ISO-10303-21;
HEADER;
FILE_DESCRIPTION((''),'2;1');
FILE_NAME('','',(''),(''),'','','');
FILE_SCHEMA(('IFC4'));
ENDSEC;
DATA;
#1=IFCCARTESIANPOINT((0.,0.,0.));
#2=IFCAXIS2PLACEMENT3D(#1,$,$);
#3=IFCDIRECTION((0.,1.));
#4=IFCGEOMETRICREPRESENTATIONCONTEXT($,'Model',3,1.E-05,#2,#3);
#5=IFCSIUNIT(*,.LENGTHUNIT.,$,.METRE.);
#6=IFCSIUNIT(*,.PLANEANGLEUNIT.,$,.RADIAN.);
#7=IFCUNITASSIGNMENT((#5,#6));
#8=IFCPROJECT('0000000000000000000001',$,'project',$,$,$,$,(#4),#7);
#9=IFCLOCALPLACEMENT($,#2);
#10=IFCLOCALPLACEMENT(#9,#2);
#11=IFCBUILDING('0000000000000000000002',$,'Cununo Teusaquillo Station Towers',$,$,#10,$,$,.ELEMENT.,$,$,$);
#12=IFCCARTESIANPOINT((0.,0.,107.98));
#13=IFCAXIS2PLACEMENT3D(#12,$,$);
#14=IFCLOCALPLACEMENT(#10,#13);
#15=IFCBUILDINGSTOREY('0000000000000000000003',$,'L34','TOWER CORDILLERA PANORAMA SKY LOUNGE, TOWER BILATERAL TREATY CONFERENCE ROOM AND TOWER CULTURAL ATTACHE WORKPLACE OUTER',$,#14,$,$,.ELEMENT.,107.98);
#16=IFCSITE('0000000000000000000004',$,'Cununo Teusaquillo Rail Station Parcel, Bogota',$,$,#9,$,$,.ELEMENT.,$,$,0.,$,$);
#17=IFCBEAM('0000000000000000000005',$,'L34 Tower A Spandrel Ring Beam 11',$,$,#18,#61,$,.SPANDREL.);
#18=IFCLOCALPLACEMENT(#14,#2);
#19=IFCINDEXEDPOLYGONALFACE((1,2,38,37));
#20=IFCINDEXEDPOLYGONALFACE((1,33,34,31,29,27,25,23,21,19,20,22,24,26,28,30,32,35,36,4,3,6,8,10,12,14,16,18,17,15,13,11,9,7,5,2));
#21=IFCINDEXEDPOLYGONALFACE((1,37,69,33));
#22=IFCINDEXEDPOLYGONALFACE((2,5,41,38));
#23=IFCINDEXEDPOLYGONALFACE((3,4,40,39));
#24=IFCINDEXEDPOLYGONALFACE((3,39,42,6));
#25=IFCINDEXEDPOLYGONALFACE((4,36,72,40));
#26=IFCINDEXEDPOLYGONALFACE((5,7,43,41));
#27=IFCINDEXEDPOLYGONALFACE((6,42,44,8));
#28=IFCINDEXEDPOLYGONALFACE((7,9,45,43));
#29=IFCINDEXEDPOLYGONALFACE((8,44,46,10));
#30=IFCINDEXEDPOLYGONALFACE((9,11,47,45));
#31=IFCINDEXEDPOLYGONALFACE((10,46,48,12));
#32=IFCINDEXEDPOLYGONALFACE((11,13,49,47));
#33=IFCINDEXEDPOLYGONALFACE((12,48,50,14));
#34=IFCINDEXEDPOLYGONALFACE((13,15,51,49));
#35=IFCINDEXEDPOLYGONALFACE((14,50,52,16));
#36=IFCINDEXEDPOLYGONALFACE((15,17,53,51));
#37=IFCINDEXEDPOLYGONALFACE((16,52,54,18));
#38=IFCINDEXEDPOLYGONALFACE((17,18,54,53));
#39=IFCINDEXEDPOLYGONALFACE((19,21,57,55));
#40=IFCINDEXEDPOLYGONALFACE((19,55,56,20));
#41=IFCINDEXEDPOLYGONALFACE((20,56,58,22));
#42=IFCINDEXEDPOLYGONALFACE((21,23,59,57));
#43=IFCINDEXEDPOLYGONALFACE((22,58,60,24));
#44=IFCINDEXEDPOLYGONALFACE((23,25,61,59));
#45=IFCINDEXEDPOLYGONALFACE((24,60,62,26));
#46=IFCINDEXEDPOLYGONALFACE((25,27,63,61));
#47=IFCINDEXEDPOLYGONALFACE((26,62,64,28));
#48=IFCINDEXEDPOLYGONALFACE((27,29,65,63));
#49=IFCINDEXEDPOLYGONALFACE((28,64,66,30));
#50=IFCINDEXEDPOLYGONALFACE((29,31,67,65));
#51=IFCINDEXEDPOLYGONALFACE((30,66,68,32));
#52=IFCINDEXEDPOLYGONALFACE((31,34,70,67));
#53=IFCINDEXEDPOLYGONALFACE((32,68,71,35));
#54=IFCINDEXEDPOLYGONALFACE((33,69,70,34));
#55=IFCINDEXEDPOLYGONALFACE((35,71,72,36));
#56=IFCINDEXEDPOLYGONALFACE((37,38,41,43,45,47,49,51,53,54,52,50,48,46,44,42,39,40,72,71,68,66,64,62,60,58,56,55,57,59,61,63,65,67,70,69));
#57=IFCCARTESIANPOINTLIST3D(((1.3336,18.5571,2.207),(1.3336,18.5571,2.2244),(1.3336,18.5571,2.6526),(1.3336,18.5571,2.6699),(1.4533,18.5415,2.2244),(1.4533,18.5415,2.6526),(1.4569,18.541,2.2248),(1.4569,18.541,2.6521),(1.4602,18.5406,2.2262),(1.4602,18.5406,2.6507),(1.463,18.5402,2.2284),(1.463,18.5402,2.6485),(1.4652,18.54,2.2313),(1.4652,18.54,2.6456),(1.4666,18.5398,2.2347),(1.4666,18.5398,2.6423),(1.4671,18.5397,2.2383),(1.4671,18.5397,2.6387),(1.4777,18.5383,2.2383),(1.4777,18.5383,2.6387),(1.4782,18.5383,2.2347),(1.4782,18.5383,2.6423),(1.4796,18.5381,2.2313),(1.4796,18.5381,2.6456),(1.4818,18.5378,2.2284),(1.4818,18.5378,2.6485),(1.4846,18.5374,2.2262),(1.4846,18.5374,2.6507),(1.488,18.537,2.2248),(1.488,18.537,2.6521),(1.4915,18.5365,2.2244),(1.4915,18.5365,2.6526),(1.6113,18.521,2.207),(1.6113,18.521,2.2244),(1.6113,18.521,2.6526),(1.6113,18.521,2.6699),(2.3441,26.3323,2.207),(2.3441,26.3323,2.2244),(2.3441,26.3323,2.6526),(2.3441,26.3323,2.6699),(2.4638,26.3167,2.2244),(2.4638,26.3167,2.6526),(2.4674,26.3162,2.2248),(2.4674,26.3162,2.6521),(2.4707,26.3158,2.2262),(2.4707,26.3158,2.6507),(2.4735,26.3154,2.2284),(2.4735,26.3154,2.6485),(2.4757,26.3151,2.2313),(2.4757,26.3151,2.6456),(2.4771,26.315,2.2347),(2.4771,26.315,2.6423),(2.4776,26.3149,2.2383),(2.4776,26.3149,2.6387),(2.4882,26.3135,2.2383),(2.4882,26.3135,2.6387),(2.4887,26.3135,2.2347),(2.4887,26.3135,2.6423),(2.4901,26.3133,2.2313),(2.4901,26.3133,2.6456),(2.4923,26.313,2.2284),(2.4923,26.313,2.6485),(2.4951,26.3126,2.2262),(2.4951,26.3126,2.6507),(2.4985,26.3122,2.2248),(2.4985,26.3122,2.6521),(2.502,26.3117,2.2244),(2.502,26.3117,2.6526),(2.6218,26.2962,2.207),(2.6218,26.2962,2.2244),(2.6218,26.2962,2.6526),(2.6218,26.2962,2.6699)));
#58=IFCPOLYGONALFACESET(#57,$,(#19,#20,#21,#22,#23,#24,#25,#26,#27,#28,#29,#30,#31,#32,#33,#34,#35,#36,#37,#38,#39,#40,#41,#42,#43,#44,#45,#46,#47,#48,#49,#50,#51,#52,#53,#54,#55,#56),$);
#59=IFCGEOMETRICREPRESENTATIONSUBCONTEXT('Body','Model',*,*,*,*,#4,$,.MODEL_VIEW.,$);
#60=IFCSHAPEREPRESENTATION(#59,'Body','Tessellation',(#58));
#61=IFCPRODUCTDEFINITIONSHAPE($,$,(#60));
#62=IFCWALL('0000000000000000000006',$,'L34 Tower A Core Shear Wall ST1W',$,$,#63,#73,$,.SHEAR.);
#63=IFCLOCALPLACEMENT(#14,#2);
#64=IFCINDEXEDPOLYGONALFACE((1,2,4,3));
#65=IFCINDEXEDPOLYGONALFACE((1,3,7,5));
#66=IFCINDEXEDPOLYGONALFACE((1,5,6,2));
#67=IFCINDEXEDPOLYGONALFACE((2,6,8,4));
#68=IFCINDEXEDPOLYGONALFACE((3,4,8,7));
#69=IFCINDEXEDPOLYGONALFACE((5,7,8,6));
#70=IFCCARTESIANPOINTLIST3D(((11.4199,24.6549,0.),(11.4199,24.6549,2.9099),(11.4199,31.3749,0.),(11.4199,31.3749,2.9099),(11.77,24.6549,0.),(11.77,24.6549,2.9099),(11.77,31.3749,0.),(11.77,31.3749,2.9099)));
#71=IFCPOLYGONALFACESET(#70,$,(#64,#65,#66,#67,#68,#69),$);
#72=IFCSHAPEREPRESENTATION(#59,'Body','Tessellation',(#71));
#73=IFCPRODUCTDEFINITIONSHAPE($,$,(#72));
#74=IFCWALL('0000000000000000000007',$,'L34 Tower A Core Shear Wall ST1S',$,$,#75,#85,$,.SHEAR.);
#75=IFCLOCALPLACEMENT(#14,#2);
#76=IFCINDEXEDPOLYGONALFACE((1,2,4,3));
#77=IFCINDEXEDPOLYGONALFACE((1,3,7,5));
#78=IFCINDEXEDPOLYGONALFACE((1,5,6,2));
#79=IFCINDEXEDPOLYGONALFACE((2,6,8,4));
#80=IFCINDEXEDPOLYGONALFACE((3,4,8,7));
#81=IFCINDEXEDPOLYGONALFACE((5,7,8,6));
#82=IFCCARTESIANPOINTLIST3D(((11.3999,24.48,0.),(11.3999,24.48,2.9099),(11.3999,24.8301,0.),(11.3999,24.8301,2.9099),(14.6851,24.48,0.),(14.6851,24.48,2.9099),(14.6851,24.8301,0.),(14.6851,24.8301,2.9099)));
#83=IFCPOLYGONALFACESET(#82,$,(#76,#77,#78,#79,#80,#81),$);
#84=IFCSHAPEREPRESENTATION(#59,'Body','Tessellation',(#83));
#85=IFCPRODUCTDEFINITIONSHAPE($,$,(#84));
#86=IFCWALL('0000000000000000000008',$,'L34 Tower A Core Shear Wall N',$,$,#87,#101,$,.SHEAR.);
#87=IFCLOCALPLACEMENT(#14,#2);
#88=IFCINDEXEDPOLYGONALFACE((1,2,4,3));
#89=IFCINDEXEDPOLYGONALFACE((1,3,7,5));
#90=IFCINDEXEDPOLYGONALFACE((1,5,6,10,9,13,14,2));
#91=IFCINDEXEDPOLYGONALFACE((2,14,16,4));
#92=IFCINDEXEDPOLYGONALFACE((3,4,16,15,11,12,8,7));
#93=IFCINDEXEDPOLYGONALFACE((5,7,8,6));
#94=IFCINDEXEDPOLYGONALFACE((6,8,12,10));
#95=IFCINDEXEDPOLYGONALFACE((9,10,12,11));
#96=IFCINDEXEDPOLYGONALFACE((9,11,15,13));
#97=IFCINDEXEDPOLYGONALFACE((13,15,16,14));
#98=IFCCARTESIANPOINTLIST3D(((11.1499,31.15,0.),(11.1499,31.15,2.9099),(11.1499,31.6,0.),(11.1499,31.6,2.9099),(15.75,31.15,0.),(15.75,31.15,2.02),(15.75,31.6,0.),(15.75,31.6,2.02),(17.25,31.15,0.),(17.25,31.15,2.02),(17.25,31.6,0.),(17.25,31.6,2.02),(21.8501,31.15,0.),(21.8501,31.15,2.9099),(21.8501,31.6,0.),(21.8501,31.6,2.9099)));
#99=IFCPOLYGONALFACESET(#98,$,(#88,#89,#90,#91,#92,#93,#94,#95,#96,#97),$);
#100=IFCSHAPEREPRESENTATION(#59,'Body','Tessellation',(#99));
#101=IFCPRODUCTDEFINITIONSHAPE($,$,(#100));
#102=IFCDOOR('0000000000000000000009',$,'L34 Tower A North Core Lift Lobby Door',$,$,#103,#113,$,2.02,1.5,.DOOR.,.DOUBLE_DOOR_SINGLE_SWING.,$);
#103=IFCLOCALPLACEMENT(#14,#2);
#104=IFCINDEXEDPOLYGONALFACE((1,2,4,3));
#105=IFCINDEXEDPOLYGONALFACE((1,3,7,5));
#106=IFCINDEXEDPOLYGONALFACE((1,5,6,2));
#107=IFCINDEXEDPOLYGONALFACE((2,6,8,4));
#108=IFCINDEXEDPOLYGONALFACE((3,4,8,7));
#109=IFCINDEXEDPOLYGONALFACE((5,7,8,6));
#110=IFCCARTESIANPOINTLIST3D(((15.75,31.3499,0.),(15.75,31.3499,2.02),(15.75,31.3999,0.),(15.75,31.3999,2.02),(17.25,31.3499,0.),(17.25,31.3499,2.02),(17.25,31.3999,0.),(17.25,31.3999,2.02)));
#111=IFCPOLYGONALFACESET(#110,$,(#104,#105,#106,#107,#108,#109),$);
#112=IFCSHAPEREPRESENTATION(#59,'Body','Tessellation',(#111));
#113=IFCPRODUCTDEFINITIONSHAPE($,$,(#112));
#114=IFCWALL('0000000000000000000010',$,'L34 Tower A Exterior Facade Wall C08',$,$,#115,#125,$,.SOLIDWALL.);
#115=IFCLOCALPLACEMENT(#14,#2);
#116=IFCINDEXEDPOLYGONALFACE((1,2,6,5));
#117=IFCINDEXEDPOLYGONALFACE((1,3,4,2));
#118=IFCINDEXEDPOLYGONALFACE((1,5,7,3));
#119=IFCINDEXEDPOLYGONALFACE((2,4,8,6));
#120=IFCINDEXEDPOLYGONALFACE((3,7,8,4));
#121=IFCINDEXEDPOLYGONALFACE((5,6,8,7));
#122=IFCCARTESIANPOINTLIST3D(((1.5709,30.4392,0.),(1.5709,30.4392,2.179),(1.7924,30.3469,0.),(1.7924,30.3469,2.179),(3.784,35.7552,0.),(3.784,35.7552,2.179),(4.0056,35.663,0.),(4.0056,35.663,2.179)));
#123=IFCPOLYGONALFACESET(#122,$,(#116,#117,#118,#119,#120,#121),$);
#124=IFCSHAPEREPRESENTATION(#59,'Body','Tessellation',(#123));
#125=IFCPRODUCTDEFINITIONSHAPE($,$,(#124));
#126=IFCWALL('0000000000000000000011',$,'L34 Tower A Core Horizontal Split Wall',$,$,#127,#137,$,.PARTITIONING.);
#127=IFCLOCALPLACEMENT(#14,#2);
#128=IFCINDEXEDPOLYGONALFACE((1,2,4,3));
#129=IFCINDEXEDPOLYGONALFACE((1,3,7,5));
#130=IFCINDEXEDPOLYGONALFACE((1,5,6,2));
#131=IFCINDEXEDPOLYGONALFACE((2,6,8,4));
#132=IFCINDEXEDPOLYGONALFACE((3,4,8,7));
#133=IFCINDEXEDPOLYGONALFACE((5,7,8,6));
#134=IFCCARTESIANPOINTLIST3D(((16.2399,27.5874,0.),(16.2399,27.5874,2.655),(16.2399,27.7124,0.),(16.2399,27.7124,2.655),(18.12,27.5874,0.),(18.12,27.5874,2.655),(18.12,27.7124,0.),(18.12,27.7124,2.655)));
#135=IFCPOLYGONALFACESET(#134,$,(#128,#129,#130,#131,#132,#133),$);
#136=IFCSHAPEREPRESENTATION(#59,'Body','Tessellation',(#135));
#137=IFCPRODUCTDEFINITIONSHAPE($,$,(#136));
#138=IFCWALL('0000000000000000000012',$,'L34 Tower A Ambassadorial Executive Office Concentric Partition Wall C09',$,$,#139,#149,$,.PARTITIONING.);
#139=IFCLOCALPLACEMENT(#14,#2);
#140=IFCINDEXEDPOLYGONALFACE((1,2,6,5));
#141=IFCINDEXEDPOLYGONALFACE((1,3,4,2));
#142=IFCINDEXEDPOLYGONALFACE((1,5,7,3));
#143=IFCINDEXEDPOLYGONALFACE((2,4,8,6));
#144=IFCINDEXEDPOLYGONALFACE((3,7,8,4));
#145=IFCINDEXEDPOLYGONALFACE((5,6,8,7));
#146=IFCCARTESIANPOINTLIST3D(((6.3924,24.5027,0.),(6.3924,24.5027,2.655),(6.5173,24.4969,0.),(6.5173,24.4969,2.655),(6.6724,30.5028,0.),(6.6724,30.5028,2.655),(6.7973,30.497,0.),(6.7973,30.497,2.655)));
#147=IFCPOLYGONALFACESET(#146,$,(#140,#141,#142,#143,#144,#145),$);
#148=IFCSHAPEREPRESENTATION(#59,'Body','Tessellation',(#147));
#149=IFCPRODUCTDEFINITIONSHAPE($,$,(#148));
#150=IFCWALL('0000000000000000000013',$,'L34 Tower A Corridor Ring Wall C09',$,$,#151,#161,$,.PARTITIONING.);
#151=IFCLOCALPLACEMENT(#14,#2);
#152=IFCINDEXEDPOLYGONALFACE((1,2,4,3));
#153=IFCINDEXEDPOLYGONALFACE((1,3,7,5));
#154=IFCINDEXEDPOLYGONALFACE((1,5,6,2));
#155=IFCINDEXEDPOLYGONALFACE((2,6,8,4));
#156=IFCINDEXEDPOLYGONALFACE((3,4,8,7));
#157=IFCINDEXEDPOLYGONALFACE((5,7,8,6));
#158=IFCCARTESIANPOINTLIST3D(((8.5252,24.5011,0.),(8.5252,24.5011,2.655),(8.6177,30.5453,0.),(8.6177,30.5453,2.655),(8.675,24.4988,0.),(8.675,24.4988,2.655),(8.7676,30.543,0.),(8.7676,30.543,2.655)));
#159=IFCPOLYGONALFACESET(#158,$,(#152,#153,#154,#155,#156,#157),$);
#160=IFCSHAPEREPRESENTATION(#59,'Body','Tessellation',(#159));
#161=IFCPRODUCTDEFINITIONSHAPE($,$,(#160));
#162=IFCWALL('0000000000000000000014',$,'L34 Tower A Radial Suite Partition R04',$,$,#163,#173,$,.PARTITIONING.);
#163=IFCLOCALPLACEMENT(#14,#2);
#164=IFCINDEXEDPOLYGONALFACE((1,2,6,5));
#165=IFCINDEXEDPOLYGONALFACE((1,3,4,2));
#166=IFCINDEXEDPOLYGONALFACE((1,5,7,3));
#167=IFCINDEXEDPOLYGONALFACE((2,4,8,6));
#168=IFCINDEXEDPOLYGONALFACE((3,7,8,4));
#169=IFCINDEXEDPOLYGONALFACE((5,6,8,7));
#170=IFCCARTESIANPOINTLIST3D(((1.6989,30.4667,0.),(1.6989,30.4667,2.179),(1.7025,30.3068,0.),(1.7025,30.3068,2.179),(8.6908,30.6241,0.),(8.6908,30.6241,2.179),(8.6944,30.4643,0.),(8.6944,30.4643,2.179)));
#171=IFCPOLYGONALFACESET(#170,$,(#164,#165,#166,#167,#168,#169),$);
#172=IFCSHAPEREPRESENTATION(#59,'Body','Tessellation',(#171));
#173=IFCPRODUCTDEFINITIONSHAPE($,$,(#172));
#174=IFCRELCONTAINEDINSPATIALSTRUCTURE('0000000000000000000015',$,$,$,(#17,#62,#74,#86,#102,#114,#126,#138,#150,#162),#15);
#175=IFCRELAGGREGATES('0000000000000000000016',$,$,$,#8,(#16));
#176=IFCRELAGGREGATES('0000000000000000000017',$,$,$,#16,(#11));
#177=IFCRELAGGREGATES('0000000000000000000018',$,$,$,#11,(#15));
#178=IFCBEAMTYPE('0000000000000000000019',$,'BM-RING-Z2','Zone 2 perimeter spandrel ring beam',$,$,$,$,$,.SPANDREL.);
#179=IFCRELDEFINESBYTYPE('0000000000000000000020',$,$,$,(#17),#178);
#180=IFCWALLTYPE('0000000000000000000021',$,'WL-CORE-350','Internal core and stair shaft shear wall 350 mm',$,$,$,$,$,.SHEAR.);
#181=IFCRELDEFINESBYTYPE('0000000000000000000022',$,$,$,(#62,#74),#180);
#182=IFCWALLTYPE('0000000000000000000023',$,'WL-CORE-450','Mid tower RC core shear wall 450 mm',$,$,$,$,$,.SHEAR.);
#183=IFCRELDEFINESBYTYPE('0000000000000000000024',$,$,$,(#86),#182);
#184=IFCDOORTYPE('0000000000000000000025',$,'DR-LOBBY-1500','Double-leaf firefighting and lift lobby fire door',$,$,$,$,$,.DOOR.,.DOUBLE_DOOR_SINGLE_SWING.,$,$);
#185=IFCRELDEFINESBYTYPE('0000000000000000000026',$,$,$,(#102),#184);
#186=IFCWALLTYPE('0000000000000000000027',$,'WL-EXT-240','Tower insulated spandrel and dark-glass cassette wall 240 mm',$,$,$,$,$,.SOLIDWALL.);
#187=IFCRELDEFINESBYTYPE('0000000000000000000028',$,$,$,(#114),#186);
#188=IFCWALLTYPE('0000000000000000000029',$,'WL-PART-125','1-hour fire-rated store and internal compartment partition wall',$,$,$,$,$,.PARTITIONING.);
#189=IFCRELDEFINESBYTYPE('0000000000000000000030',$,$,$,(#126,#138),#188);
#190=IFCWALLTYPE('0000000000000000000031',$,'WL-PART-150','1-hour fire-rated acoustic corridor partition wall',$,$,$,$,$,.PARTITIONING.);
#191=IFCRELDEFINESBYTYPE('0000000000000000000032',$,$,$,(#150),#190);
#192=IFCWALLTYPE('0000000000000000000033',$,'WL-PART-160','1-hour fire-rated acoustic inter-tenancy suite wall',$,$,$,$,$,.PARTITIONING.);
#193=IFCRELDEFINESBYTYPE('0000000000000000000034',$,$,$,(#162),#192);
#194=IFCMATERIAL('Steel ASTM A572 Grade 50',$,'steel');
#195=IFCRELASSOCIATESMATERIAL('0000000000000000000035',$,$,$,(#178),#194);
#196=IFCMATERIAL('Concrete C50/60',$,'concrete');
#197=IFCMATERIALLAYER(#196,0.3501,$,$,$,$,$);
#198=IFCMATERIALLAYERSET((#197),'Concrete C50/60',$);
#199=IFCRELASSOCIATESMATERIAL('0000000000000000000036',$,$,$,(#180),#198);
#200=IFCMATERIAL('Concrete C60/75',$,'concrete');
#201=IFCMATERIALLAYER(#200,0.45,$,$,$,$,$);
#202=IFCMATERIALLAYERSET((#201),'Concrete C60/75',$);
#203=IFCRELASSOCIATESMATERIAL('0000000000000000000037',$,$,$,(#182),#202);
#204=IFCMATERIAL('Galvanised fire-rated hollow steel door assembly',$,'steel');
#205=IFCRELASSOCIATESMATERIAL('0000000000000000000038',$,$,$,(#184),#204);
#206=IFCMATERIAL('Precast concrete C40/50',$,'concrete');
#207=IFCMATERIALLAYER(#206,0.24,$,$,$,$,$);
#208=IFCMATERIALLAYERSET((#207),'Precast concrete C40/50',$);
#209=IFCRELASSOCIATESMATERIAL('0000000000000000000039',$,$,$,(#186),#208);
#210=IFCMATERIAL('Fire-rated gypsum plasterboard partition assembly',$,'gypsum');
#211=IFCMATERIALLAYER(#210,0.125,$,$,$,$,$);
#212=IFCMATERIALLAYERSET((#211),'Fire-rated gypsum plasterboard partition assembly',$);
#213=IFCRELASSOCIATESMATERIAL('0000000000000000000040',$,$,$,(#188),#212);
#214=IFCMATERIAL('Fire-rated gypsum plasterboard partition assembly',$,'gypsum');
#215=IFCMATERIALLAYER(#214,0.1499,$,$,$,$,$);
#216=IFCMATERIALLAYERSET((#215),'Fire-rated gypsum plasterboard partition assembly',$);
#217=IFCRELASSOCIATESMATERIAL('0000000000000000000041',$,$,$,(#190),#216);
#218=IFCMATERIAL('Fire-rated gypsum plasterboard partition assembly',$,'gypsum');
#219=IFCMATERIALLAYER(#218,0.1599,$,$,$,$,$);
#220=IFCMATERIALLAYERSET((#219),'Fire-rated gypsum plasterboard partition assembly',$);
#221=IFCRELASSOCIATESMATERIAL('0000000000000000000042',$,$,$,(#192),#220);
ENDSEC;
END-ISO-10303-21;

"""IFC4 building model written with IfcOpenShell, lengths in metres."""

from ifc_helpers import new_model, si_unit, direction, frame, frame_2d, origin, origin_2d, place, context, subcontext, project, spatial, rectangle, i_section, extrude, source, transform, mapped, material, layer, layer_set, material_profile, profile_set, type_object, element, fill, save


model = new_model("IFC4")

# Units and contexts
model_context = context("Model", 3, precision=1e-05, world=origin(), true_north=direction((0.0, 1.0)))
body_context = subcontext(model_context, "Body", "Model", "MODEL_VIEW")
ifc_project = project(units=[si_unit("LENGTHUNIT", "METRE"), si_unit("PLANEANGLEUNIT", "RADIAN")], contexts=[model_context])

# Site, building, storey
site_placement = place(None, origin())
site = spatial("IfcSite", under=ifc_project, at=site_placement, Name="Cununo Teusaquillo Rail Station Parcel, Bogota", CompositionType="ELEMENT", RefElevation=0.0)
building_placement = place(site_placement, origin())
building = spatial("IfcBuilding", under=site, at=building_placement, Name="Cununo Teusaquillo Station Towers", CompositionType="ELEMENT")
storey_placement = place(building_placement, frame((0.0, 0.0, 107.98)))
storey = spatial("IfcBuildingStorey", under=building, at=storey_placement, Name="L34", Description="TOWER CORDILLERA PANORAMA SKY LOUNGE, TOWER BILATERAL TREATY CONFERENCE ROOM AND TOWER CULTURAL ATTACHE WORKPLACE OUTER", CompositionType="ELEMENT", Elevation=107.98)

# Beam
ifc_material_1 = material(Name="Steel ASTM A572 Grade 50", Category="steel")
ifc_material_profile_1 = material_profile(ifc_material_1, i_section(OverallWidth=0.28, OverallDepth=0.4629, WebThickness=0.0107, FlangeThickness=0.0173, FilletRadius=0.0139, at=origin_2d()), Name="W18X76")
ifc_profile_set_1 = profile_set([ifc_material_profile_1], Name="Steel ASTM A572 Grade 50")
beam_type_1 = type_object("IfcBeamType", Name="BM-RING-Z2", Description="Zone 2 perimeter spandrel ring beam", PredefinedType="SPANDREL", material=ifc_profile_set_1)
beam_1_placement = place(storey_placement, frame((2.4829, 26.3142, 2.4385), z_axis=(-0.128881, -0.99166, 0.0), x_axis=(0.99166, -0.128881, 0.0)))
element("IfcBeam", 1, at=beam_1_placement, inside=storey, type_object=beam_type_1, Name="L34 Tower A Spandrel Ring Beam 11", PredefinedType="SPANDREL", context=body_context, shape_type="SweptSolid", body=[
    extrude(i_section(OverallWidth=0.28, OverallDepth=0.4629, WebThickness=0.0107, FlangeThickness=0.0173, FilletRadius=0.0139, at=origin_2d()), origin(), (0.0, 0.0, 1.0), 7.8406),
])

# Walls
ifc_material_2 = material(Name="Concrete C50/60", Category="concrete")
ifc_layer_1 = layer(ifc_material_2, 0.3501)
ifc_layer_set_1 = layer_set([ifc_layer_1], Name="Concrete C50/60")
wall_type_1 = type_object("IfcWallType", Name="WL-CORE-350", Description="Internal core and stair shaft shear wall 350 mm", PredefinedType="SHEAR", material=ifc_layer_set_1)
wall_1_placement = place(storey_placement, frame((11.595, 24.655, 0.0), z_axis=(0.0, 0.0, 1.0), x_axis=(0.0, 1.0, 0.0)))
element("IfcWall", 2, at=wall_1_placement, inside=storey, type_object=wall_type_1, Name="L34 Tower A Core Shear Wall ST1W", PredefinedType="SHEAR", context=body_context, shape_type="SweptSolid", body=[
    extrude(rectangle(XDim=6.72, YDim=0.3501, at=frame_2d((3.3599, 0.0))), origin(), (0.0, 0.0, 1.0), 2.9099),
])
wall_2_placement = place(storey_placement, frame((11.3999, 24.655, 0.0), z_axis=(0.0, 0.0, 1.0), x_axis=(1.0, 0.0, 0.0)))
element("IfcWall", 3, at=wall_2_placement, inside=storey, type_object=wall_type_1, Name="L34 Tower A Core Shear Wall ST1S", PredefinedType="SHEAR", context=body_context, shape_type="SweptSolid", body=[
    extrude(rectangle(XDim=3.2852, YDim=0.3501, at=frame_2d((1.6426, 0.0))), origin(), (0.0, 0.0, 1.0), 2.9099),
])

# Wall, opening, door
ifc_material_3 = material(Name="Concrete C60/75", Category="concrete")
ifc_layer_2 = layer(ifc_material_3, 0.45)
ifc_layer_set_2 = layer_set([ifc_layer_2], Name="Concrete C60/75")
wall_type_2 = type_object("IfcWallType", Name="WL-CORE-450", Description="Mid tower RC core shear wall 450 mm", PredefinedType="SHEAR", material=ifc_layer_set_2)
wall_3_placement = place(storey_placement, frame((11.1499, 31.375, 0.0), z_axis=(0.0, 0.0, 1.0), x_axis=(1.0, 0.0, 0.0)))
wall_3 = element("IfcWall", 4, at=wall_3_placement, inside=storey, type_object=wall_type_2, Name="L34 Tower A Core Shear Wall N", PredefinedType="SHEAR", context=body_context, shape_type="SweptSolid", body=[
    extrude(rectangle(XDim=10.7002, YDim=0.45, at=frame_2d((5.3501, 0.0))), origin(), (0.0, 0.0, 1.0), 2.9099),
])
shared_shape_1 = source(origin(), body_context, "Body", "SweptSolid", [
    extrude(rectangle(XDim=1.5, YDim=2.02, at=frame_2d((0.75, 1.01))), frame((0.0, 0.2349, 0.0), z_axis=(0.0, -1.0, 0.0), x_axis=(1.0, 0.0, 0.0)), (0.0, 0.0, 1.0), 0.47),
])
opening_1_placement = place(wall_3_placement, frame((4.6001, 0.0, 0.0)))
opening_1 = element("IfcOpeningElement", 5, at=opening_1_placement, cuts=wall_3, PredefinedType="OPENING", context=body_context, shape_type="MappedRepresentation", body=[
    mapped(shared_shape_1, transform((0.0, 0.0, 0.0), x_axis=(1.0, 0.0, 0.0), y_axis=(0.0, 1.0, 0.0), z_axis=(0.0, 0.0, 1.0), scale=1.0)),
])
ifc_material_4 = material(Name="Galvanised fire-rated hollow steel door assembly", Category="steel")
door_type_1 = type_object("IfcDoorType", Name="DR-LOBBY-1500", Description="Double-leaf firefighting and lift lobby fire door", OperationType="DOUBLE_DOOR_SINGLE_SWING", PredefinedType="DOOR", material=ifc_material_4)
shared_shape_2 = source(origin(), body_context, "Body", "SweptSolid", [
    extrude(rectangle(XDim=1.5, YDim=2.02, at=frame_2d((0.75, 1.01))), frame((0.0, 0.0249, 0.0), z_axis=(0.0, -1.0, 0.0), x_axis=(1.0, 0.0, 0.0)), (0.0, 0.0, 1.0), 0.05),
])
door_1_placement = place(opening_1_placement, origin())
door_1 = element("IfcDoor", 6, at=door_1_placement, inside=storey, type_object=door_type_1, Name="L34 Tower A North Core Lift Lobby Door", OperationType="DOUBLE_DOOR_SINGLE_SWING", OverallHeight=2.02, OverallWidth=1.5, PredefinedType="DOOR", context=body_context, shape_type="MappedRepresentation", body=[
    mapped(shared_shape_2, transform((0.0, 0.0, 0.0), x_axis=(1.0, 0.0, 0.0), y_axis=(0.0, 1.0, 0.0), z_axis=(0.0, 0.0, 1.0), scale=1.0)),
])
fill(opening_1, door_1)

# Walls
ifc_material_5 = material(Name="Precast concrete C40/50", Category="concrete")
ifc_layer_3 = layer(ifc_material_5, 0.24)
ifc_layer_set_3 = layer_set([ifc_layer_3], Name="Precast concrete C40/50")
wall_type_3 = type_object("IfcWallType", Name="WL-EXT-240", Description="Tower insulated spandrel and dark-glass cassette wall 240 mm", PredefinedType="SOLIDWALL", material=ifc_layer_set_3)
wall_4_placement = place(storey_placement, frame((1.6816, 30.3931, 0.0), z_axis=(0.0, 0.0, 1.0), x_axis=(0.384344, 0.92319, 0.0)))
element("IfcWall", 7, at=wall_4_placement, inside=storey, type_object=wall_type_3, Name="L34 Tower A Exterior Facade Wall C08", PredefinedType="SOLIDWALL", context=body_context, shape_type="SweptSolid", body=[
    extrude(rectangle(XDim=5.7583, YDim=0.24, at=frame_2d((2.8792, 0.0))), origin(), (0.0, 0.0, 1.0), 2.179),
])
ifc_material_6 = material(Name="Fire-rated gypsum plasterboard partition assembly", Category="gypsum")
ifc_layer_4 = layer(ifc_material_6, 0.125)
ifc_layer_set_4 = layer_set([ifc_layer_4], Name="Fire-rated gypsum plasterboard partition assembly")
wall_type_4 = type_object("IfcWallType", Name="WL-PART-125", Description="1-hour fire-rated store and internal compartment partition wall", PredefinedType="PARTITIONING", material=ifc_layer_set_4)
wall_5_placement = place(storey_placement, frame((16.24, 27.6499, 0.0), z_axis=(0.0, 0.0, 1.0), x_axis=(1.0, 0.0, 0.0)))
element("IfcWall", 8, at=wall_5_placement, inside=storey, type_object=wall_type_4, Name="L34 Tower A Core Horizontal Split Wall", PredefinedType="PARTITIONING", context=body_context, shape_type="SweptSolid", body=[
    extrude(rectangle(XDim=1.8801, YDim=0.125, at=frame_2d((0.9399, 0.0))), origin(), (0.0, 0.0, 1.0), 2.655),
])
wall_6_placement = place(storey_placement, frame((6.7349, 30.5, 0.0), z_axis=(0.0, 0.0, 1.0), x_axis=(-0.046621, -0.998913, 0.0)))
element("IfcWall", 9, at=wall_6_placement, inside=storey, type_object=wall_type_4, Name="L34 Tower A Ambassadorial Executive Office Concentric Partition Wall C09", PredefinedType="PARTITIONING", context=body_context, shape_type="SweptSolid", body=[
    extrude(rectangle(XDim=6.0066, YDim=0.125, at=frame_2d((3.0034, 0.0))), origin(), (0.0, 0.0, 1.0), 2.655),
])
ifc_material_7 = material(Name="Fire-rated gypsum plasterboard partition assembly", Category="gypsum")
ifc_layer_5 = layer(ifc_material_7, 0.1499)
ifc_layer_set_5 = layer_set([ifc_layer_5], Name="Fire-rated gypsum plasterboard partition assembly")
wall_type_5 = type_object("IfcWallType", Name="WL-PART-150", Description="1-hour fire-rated acoustic corridor partition wall", PredefinedType="PARTITIONING", material=ifc_layer_set_5)
wall_7_placement = place(storey_placement, frame((8.6926, 30.5442, 0.0), z_axis=(0.0, 0.0, 1.0), x_axis=(-0.015307, -0.999883, 0.0)))
element("IfcWall", 10, at=wall_7_placement, inside=storey, type_object=wall_type_5, Name="L34 Tower A Corridor Ring Wall C09", PredefinedType="PARTITIONING", context=body_context, shape_type="SweptSolid", body=[
    extrude(rectangle(XDim=6.0449, YDim=0.1499, at=frame_2d((3.0225, 0.0))), origin(), (0.0, 0.0, 1.0), 2.655),
])
ifc_material_8 = material(Name="Fire-rated gypsum plasterboard partition assembly", Category="gypsum")
ifc_layer_6 = layer(ifc_material_8, 0.1599)
ifc_layer_set_6 = layer_set([ifc_layer_6], Name="Fire-rated gypsum plasterboard partition assembly")
wall_type_6 = type_object("IfcWallType", Name="WL-PART-160", Description="1-hour fire-rated acoustic inter-tenancy suite wall", PredefinedType="PARTITIONING", material=ifc_layer_set_6)
wall_8_placement = place(storey_placement, frame((8.6926, 30.5442, 0.0), z_axis=(0.0, 0.0, 1.0), x_axis=(-0.999746, -0.022516, 0.0)))
element("IfcWall", 11, at=wall_8_placement, inside=storey, type_object=wall_type_6, Name="L34 Tower A Radial Suite Partition R04", PredefinedType="PARTITIONING", context=body_context, shape_type="SweptSolid", body=[
    extrude(rectangle(XDim=6.9937, YDim=0.1599, at=frame_2d((3.4968, 0.0))), origin(), (0.0, 0.0, 1.0), 2.179),
])

save(model, "model.ifc")
